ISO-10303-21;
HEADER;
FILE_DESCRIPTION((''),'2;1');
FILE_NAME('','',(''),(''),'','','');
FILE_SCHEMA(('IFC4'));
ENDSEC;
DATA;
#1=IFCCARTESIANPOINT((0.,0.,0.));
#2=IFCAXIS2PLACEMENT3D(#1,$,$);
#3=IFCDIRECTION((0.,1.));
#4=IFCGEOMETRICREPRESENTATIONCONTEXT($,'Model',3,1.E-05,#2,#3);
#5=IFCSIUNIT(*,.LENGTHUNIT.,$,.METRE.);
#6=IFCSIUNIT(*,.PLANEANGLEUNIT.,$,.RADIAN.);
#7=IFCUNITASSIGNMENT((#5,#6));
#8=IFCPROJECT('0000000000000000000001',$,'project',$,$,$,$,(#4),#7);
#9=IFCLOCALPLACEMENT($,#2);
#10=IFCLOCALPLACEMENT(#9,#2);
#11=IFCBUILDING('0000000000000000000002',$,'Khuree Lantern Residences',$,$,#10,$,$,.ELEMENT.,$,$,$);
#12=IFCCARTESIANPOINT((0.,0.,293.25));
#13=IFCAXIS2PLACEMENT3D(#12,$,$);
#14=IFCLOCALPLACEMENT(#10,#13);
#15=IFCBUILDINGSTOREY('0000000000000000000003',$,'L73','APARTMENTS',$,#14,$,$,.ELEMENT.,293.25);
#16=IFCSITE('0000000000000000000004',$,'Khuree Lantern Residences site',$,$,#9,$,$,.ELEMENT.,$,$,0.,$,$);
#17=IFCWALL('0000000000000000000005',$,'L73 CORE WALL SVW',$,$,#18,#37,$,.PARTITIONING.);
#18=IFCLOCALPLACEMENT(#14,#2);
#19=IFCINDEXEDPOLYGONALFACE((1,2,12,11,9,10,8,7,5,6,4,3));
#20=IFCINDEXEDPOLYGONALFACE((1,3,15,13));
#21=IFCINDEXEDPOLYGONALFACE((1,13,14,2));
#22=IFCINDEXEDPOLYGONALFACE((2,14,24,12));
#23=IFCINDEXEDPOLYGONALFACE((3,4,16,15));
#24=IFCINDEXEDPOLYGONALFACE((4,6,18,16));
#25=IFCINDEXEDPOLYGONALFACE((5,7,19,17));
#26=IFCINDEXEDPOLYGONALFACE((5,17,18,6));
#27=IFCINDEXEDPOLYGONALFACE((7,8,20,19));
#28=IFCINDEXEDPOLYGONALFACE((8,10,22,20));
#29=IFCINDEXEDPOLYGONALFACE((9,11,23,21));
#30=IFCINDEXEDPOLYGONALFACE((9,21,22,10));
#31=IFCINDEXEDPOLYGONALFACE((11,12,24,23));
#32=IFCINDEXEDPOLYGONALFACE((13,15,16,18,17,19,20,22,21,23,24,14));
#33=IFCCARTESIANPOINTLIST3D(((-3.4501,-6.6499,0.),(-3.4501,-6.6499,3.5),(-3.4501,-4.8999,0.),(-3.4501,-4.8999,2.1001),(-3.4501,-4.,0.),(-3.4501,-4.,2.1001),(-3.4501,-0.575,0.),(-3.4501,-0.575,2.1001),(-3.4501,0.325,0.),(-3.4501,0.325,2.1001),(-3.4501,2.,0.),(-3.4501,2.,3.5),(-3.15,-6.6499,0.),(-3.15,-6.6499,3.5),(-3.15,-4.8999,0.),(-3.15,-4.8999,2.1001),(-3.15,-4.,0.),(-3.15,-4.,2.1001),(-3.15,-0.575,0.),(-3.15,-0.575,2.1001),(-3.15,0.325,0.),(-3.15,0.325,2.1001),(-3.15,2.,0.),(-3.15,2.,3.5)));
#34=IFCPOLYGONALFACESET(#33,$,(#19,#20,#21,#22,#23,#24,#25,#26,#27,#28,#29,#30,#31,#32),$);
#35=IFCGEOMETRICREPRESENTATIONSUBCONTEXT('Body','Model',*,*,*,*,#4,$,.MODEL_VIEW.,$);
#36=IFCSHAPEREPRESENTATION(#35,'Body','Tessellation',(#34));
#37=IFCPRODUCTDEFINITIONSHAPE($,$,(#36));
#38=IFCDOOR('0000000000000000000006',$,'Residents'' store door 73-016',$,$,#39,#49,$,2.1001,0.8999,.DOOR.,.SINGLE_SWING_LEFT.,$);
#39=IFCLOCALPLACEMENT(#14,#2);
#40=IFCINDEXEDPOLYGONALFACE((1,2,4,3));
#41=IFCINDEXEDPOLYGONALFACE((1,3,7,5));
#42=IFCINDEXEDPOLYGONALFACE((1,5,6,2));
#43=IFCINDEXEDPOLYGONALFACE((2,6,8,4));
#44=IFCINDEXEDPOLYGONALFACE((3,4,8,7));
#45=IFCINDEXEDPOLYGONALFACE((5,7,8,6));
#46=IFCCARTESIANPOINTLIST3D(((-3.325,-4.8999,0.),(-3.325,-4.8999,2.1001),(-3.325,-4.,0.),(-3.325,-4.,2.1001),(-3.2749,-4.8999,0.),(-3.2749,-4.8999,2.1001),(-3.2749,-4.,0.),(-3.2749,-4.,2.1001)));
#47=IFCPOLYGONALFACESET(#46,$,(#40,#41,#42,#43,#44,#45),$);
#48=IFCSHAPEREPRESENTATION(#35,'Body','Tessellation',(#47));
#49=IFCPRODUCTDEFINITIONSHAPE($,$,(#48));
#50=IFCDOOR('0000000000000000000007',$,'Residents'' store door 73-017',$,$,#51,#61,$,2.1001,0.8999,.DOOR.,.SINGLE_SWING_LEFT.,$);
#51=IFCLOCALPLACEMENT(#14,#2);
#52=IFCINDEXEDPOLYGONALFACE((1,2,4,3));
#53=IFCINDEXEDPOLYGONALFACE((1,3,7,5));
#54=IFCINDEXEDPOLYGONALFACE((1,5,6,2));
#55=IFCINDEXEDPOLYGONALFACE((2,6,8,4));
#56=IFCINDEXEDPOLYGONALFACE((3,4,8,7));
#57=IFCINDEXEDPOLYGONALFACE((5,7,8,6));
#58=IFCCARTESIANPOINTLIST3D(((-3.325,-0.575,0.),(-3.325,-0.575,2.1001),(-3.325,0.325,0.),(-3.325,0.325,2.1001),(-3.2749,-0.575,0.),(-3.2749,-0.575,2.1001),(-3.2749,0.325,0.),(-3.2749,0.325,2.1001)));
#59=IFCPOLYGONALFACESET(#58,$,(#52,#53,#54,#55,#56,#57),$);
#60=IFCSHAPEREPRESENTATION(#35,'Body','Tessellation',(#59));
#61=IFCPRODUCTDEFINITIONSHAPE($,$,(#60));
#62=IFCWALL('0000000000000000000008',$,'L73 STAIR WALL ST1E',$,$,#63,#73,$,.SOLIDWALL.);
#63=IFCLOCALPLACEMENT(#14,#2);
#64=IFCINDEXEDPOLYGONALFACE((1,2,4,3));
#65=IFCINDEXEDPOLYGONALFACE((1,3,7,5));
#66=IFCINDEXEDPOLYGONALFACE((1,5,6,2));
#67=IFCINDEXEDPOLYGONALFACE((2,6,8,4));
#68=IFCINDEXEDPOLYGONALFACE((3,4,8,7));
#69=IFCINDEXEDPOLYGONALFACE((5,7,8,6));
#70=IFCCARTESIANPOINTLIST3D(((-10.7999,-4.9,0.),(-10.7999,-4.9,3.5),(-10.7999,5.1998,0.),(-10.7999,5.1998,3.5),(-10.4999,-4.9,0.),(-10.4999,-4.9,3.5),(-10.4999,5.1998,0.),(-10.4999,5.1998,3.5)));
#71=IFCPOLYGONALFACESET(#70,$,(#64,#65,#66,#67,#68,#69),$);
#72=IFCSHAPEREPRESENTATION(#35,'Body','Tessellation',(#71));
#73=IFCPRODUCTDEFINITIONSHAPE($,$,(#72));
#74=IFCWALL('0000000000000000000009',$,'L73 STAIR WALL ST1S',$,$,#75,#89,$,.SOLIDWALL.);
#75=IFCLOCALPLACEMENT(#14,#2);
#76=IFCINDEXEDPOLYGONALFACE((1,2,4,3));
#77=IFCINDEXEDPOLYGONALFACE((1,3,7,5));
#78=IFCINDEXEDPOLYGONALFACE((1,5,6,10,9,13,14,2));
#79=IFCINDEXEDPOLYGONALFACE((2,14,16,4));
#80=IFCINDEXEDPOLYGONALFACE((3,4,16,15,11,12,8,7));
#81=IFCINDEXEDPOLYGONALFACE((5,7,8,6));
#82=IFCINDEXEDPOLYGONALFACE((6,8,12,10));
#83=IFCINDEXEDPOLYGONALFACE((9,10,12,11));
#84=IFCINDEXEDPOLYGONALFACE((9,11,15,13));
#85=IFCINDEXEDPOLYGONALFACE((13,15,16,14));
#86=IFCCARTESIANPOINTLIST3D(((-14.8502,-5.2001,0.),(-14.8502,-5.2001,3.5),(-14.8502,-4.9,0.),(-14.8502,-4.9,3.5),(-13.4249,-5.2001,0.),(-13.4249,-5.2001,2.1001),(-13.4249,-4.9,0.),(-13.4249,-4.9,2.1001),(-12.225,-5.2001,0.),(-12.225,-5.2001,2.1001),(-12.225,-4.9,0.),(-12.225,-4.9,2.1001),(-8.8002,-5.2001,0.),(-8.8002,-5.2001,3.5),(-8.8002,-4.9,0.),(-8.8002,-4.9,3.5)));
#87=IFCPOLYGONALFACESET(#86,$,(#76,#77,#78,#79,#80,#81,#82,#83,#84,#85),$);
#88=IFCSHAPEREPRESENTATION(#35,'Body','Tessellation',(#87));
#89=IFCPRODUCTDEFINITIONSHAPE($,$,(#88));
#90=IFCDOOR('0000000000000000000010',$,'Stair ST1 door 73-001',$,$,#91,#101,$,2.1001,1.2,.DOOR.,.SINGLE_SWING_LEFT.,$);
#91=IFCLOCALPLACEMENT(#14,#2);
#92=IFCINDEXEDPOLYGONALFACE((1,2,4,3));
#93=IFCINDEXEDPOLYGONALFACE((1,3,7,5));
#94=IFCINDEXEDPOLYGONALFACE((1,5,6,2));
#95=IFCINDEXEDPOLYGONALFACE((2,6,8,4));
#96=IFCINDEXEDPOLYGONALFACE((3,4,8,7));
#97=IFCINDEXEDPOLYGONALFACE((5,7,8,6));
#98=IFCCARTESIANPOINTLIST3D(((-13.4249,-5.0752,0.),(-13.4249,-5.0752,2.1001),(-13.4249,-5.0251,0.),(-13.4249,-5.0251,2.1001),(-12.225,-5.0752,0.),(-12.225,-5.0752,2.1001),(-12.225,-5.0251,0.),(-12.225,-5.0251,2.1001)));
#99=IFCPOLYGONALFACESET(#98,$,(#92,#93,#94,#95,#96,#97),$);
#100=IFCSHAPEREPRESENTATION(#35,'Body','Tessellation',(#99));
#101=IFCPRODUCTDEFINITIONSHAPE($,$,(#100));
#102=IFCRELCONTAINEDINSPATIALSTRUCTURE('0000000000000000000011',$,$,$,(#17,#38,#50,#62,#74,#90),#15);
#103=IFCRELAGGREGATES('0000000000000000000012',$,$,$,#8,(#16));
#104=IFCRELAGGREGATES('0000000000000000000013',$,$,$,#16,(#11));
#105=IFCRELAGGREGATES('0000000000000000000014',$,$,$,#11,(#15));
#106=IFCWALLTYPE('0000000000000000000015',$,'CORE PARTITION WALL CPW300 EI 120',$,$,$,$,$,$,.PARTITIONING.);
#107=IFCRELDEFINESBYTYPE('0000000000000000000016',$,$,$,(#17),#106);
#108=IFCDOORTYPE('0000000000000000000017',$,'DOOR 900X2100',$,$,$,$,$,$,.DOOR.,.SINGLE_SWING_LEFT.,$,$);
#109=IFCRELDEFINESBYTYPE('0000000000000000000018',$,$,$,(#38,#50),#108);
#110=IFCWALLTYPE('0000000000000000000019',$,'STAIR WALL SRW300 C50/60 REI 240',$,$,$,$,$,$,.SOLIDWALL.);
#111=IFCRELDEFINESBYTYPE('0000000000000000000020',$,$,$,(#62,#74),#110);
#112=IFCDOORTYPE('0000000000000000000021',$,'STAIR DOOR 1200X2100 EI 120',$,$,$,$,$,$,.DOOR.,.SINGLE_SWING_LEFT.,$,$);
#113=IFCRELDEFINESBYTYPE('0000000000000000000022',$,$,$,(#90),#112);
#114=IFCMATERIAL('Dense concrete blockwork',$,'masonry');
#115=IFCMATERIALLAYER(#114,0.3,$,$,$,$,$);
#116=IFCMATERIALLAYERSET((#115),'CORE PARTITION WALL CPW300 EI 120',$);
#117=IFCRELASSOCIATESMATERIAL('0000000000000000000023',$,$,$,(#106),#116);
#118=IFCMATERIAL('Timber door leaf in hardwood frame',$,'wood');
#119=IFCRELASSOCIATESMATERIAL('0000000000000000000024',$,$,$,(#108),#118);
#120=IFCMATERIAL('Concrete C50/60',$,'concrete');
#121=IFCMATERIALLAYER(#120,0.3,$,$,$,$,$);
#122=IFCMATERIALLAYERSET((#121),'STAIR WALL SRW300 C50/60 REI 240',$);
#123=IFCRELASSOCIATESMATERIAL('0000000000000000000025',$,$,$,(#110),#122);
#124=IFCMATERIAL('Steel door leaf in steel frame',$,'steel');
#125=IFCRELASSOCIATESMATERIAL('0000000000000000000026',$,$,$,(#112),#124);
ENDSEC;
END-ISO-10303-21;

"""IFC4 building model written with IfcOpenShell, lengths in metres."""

from ifc_helpers import new_model, si_unit, direction, frame, frame_2d, origin, place, context, subcontext, project, spatial, rectangle, extrude, material, layer, layer_set, type_object, element, fill, save


model = new_model("IFC4")

# Units and contexts
model_context = context("Model", 3, precision=1e-05, world=origin(), true_north=direction((0.0, 1.0)))
body_context = subcontext(model_context, "Body", "Model", "MODEL_VIEW")
ifc_project = project(units=[si_unit("LENGTHUNIT", "METRE"), si_unit("PLANEANGLEUNIT", "RADIAN")], contexts=[model_context])

# Site, building, storey
site_placement = place(None, origin())
site = spatial("IfcSite", under=ifc_project, at=site_placement, Name="Khuree Lantern Residences site", CompositionType="ELEMENT", RefElevation=0.0)
building_placement = place(site_placement, origin())
building = spatial("IfcBuilding", under=site, at=building_placement, Name="Khuree Lantern Residences", CompositionType="ELEMENT")
storey_placement = place(building_placement, frame((0.0, 0.0, 293.25)))
storey = spatial("IfcBuildingStorey", under=building, at=storey_placement, Name="L73", Description="APARTMENTS", CompositionType="ELEMENT", Elevation=293.25)

# Shared definitions
ifc_material_1 = material(Name="Dense concrete blockwork", Category="masonry")
ifc_layer_1 = layer(ifc_material_1, 0.3)
ifc_layer_set_1 = layer_set([ifc_layer_1], Name="CORE PARTITION WALL CPW300 EI 120")
wall_type_1 = type_object("IfcWallType", Name="CORE PARTITION WALL CPW300 EI 120", PredefinedType="PARTITIONING", material=ifc_layer_set_1)

# Shared definitions
ifc_material_2 = material(Name="Steel door leaf in steel frame", Category="steel")

# Wall, openings, doors
wall_1_placement = place(storey_placement, frame((-3.3, -6.6499, 0.0), z_axis=(0.0, 0.0, 1.0), x_axis=(0.0, 1.0, 0.0)))
wall_1 = element("IfcWall", 1, at=wall_1_placement, inside=storey, type_object=wall_type_1, Name="L73 CORE WALL SVW", PredefinedType="PARTITIONING", context=body_context, shape_type="SweptSolid", body=[
    extrude(rectangle(XDim=8.6499, YDim=0.3, at=frame_2d((4.325, 0.0))), origin(), (0.0, 0.0, 1.0), 3.5),
])
opening_1_placement = place(wall_1_placement, frame((1.75, 0.0, 0.0)))
opening_1 = element("IfcOpeningElement", 2, at=opening_1_placement, cuts=wall_1, PredefinedType="OPENING", context=body_context, shape_type="SweptSolid", body=[
    extrude(rectangle(XDim=0.8999, YDim=2.1001, at=frame_2d((0.45, 1.05))), frame((0.0, 0.1602, 0.0), z_axis=(0.0, -1.0, 0.0), x_axis=(1.0, 0.0, 0.0)), (0.0, 0.0, 1.0), 0.3201),
])
opening_2_placement = place(wall_1_placement, frame((6.075, 0.0, 0.0)))
opening_2 = element("IfcOpeningElement", 3, at=opening_2_placement, cuts=wall_1, PredefinedType="OPENING", context=body_context, shape_type="SweptSolid", body=[
    extrude(rectangle(XDim=0.8999, YDim=2.1001, at=frame_2d((0.45, 1.05))), frame((0.0, 0.1602, 0.0), z_axis=(0.0, -1.0, 0.0), x_axis=(1.0, 0.0, 0.0)), (0.0, 0.0, 1.0), 0.3201),
])
ifc_material_3 = material(Name="Timber door leaf in hardwood frame", Category="wood")
door_type_1 = type_object("IfcDoorType", Name="DOOR 900X2100", OperationType="SINGLE_SWING_LEFT", PredefinedType="DOOR", material=ifc_material_3)
door_1_placement = place(opening_1_placement, origin())
door_1 = element("IfcDoor", 4, at=door_1_placement, inside=storey, type_object=door_type_1, Name="Residents' store door 73-016", OperationType="SINGLE_SWING_LEFT", OverallHeight=2.1001, OverallWidth=0.8999, PredefinedType="DOOR", context=body_context, shape_type="SweptSolid", body=[
    extrude(rectangle(XDim=0.8999, YDim=2.1001, at=frame_2d((0.45, 1.05))), frame((0.0, 0.0249, 0.0), z_axis=(0.0, -1.0, 0.0), x_axis=(1.0, 0.0, 0.0)), (0.0, 0.0, 1.0), 0.05),
])
fill(opening_1, door_1)
door_2_placement = place(opening_2_placement, origin())
door_2 = element("IfcDoor", 5, at=door_2_placement, inside=storey, type_object=door_type_1, Name="Residents' store door 73-017", OperationType="SINGLE_SWING_LEFT", OverallHeight=2.1001, OverallWidth=0.8999, PredefinedType="DOOR", context=body_context, shape_type="SweptSolid", body=[
    extrude(rectangle(XDim=0.8999, YDim=2.1001, at=frame_2d((0.45, 1.05))), frame((0.0, 0.0249, 0.0), z_axis=(0.0, -1.0, 0.0), x_axis=(1.0, 0.0, 0.0)), (0.0, 0.0, 1.0), 0.05),
])
fill(opening_2, door_2)

# Wall
ifc_material_4 = material(Name="Concrete C50/60", Category="concrete")
ifc_layer_2 = layer(ifc_material_4, 0.3)
ifc_layer_set_2 = layer_set([ifc_layer_2], Name="STAIR WALL SRW300 C50/60 REI 240")
wall_type_2 = type_object("IfcWallType", Name="STAIR WALL SRW300 C50/60 REI 240", PredefinedType="SOLIDWALL", material=ifc_layer_set_2)
wall_2_placement = place(storey_placement, frame((-10.6499, -4.8999, 0.0), z_axis=(0.0, 0.0, 1.0), x_axis=(0.0, 1.0, 0.0)))
element("IfcWall", 6, at=wall_2_placement, inside=storey, type_object=wall_type_2, Name="L73 STAIR WALL ST1E", PredefinedType="SOLIDWALL", context=body_context, shape_type="SweptSolid", body=[
    extrude(rectangle(XDim=10.0999, YDim=0.3, at=frame_2d((5.0498, 0.0))), origin(), (0.0, 0.0, 1.0), 3.5),
])

# Wall, opening, door
wall_3_placement = place(storey_placement, frame((-14.8501, -5.05, 0.0), z_axis=(0.0, 0.0, 1.0), x_axis=(1.0, 0.0, 0.0)))
wall_3 = element("IfcWall", 7, at=wall_3_placement, inside=storey, type_object=wall_type_2, Name="L73 STAIR WALL ST1S", PredefinedType="SOLIDWALL", context=body_context, shape_type="SweptSolid", body=[
    extrude(rectangle(XDim=6.05, YDim=0.3, at=frame_2d((3.0249, 0.0))), origin(), (0.0, 0.0, 1.0), 3.5),
])
opening_3_placement = place(wall_3_placement, frame((1.425, 0.0, 0.0)))
opening_3 = element("IfcOpeningElement", 8, at=opening_3_placement, cuts=wall_3, PredefinedType="OPENING", context=body_context, shape_type="SweptSolid", body=[
    extrude(rectangle(XDim=1.2, YDim=2.1001, at=frame_2d((0.6001, 1.05))), frame((0.0, 0.1602, 0.0), z_axis=(0.0, -1.0, 0.0), x_axis=(1.0, 0.0, 0.0)), (0.0, 0.0, 1.0), 0.3201),
])
door_type_2 = type_object("IfcDoorType", Name="STAIR DOOR 1200X2100 EI 120", OperationType="SINGLE_SWING_LEFT", PredefinedType="DOOR", material=ifc_material_2)
door_3_placement = place(opening_3_placement, origin())
door_3 = element("IfcDoor", 9, at=door_3_placement, inside=storey, type_object=door_type_2, Name="Stair ST1 door 73-001", OperationType="SINGLE_SWING_LEFT", OverallHeight=2.1001, OverallWidth=1.2, PredefinedType="DOOR", context=body_context, shape_type="SweptSolid", body=[
    extrude(rectangle(XDim=1.2, YDim=2.1001, at=frame_2d((0.6001, 1.05))), frame((0.0, 0.0249, 0.0), z_axis=(0.0, -1.0, 0.0), x_axis=(1.0, 0.0, 0.0)), (0.0, 0.0, 1.0), 0.05),
])
fill(opening_3, door_3)

save(model, "model.ifc")
